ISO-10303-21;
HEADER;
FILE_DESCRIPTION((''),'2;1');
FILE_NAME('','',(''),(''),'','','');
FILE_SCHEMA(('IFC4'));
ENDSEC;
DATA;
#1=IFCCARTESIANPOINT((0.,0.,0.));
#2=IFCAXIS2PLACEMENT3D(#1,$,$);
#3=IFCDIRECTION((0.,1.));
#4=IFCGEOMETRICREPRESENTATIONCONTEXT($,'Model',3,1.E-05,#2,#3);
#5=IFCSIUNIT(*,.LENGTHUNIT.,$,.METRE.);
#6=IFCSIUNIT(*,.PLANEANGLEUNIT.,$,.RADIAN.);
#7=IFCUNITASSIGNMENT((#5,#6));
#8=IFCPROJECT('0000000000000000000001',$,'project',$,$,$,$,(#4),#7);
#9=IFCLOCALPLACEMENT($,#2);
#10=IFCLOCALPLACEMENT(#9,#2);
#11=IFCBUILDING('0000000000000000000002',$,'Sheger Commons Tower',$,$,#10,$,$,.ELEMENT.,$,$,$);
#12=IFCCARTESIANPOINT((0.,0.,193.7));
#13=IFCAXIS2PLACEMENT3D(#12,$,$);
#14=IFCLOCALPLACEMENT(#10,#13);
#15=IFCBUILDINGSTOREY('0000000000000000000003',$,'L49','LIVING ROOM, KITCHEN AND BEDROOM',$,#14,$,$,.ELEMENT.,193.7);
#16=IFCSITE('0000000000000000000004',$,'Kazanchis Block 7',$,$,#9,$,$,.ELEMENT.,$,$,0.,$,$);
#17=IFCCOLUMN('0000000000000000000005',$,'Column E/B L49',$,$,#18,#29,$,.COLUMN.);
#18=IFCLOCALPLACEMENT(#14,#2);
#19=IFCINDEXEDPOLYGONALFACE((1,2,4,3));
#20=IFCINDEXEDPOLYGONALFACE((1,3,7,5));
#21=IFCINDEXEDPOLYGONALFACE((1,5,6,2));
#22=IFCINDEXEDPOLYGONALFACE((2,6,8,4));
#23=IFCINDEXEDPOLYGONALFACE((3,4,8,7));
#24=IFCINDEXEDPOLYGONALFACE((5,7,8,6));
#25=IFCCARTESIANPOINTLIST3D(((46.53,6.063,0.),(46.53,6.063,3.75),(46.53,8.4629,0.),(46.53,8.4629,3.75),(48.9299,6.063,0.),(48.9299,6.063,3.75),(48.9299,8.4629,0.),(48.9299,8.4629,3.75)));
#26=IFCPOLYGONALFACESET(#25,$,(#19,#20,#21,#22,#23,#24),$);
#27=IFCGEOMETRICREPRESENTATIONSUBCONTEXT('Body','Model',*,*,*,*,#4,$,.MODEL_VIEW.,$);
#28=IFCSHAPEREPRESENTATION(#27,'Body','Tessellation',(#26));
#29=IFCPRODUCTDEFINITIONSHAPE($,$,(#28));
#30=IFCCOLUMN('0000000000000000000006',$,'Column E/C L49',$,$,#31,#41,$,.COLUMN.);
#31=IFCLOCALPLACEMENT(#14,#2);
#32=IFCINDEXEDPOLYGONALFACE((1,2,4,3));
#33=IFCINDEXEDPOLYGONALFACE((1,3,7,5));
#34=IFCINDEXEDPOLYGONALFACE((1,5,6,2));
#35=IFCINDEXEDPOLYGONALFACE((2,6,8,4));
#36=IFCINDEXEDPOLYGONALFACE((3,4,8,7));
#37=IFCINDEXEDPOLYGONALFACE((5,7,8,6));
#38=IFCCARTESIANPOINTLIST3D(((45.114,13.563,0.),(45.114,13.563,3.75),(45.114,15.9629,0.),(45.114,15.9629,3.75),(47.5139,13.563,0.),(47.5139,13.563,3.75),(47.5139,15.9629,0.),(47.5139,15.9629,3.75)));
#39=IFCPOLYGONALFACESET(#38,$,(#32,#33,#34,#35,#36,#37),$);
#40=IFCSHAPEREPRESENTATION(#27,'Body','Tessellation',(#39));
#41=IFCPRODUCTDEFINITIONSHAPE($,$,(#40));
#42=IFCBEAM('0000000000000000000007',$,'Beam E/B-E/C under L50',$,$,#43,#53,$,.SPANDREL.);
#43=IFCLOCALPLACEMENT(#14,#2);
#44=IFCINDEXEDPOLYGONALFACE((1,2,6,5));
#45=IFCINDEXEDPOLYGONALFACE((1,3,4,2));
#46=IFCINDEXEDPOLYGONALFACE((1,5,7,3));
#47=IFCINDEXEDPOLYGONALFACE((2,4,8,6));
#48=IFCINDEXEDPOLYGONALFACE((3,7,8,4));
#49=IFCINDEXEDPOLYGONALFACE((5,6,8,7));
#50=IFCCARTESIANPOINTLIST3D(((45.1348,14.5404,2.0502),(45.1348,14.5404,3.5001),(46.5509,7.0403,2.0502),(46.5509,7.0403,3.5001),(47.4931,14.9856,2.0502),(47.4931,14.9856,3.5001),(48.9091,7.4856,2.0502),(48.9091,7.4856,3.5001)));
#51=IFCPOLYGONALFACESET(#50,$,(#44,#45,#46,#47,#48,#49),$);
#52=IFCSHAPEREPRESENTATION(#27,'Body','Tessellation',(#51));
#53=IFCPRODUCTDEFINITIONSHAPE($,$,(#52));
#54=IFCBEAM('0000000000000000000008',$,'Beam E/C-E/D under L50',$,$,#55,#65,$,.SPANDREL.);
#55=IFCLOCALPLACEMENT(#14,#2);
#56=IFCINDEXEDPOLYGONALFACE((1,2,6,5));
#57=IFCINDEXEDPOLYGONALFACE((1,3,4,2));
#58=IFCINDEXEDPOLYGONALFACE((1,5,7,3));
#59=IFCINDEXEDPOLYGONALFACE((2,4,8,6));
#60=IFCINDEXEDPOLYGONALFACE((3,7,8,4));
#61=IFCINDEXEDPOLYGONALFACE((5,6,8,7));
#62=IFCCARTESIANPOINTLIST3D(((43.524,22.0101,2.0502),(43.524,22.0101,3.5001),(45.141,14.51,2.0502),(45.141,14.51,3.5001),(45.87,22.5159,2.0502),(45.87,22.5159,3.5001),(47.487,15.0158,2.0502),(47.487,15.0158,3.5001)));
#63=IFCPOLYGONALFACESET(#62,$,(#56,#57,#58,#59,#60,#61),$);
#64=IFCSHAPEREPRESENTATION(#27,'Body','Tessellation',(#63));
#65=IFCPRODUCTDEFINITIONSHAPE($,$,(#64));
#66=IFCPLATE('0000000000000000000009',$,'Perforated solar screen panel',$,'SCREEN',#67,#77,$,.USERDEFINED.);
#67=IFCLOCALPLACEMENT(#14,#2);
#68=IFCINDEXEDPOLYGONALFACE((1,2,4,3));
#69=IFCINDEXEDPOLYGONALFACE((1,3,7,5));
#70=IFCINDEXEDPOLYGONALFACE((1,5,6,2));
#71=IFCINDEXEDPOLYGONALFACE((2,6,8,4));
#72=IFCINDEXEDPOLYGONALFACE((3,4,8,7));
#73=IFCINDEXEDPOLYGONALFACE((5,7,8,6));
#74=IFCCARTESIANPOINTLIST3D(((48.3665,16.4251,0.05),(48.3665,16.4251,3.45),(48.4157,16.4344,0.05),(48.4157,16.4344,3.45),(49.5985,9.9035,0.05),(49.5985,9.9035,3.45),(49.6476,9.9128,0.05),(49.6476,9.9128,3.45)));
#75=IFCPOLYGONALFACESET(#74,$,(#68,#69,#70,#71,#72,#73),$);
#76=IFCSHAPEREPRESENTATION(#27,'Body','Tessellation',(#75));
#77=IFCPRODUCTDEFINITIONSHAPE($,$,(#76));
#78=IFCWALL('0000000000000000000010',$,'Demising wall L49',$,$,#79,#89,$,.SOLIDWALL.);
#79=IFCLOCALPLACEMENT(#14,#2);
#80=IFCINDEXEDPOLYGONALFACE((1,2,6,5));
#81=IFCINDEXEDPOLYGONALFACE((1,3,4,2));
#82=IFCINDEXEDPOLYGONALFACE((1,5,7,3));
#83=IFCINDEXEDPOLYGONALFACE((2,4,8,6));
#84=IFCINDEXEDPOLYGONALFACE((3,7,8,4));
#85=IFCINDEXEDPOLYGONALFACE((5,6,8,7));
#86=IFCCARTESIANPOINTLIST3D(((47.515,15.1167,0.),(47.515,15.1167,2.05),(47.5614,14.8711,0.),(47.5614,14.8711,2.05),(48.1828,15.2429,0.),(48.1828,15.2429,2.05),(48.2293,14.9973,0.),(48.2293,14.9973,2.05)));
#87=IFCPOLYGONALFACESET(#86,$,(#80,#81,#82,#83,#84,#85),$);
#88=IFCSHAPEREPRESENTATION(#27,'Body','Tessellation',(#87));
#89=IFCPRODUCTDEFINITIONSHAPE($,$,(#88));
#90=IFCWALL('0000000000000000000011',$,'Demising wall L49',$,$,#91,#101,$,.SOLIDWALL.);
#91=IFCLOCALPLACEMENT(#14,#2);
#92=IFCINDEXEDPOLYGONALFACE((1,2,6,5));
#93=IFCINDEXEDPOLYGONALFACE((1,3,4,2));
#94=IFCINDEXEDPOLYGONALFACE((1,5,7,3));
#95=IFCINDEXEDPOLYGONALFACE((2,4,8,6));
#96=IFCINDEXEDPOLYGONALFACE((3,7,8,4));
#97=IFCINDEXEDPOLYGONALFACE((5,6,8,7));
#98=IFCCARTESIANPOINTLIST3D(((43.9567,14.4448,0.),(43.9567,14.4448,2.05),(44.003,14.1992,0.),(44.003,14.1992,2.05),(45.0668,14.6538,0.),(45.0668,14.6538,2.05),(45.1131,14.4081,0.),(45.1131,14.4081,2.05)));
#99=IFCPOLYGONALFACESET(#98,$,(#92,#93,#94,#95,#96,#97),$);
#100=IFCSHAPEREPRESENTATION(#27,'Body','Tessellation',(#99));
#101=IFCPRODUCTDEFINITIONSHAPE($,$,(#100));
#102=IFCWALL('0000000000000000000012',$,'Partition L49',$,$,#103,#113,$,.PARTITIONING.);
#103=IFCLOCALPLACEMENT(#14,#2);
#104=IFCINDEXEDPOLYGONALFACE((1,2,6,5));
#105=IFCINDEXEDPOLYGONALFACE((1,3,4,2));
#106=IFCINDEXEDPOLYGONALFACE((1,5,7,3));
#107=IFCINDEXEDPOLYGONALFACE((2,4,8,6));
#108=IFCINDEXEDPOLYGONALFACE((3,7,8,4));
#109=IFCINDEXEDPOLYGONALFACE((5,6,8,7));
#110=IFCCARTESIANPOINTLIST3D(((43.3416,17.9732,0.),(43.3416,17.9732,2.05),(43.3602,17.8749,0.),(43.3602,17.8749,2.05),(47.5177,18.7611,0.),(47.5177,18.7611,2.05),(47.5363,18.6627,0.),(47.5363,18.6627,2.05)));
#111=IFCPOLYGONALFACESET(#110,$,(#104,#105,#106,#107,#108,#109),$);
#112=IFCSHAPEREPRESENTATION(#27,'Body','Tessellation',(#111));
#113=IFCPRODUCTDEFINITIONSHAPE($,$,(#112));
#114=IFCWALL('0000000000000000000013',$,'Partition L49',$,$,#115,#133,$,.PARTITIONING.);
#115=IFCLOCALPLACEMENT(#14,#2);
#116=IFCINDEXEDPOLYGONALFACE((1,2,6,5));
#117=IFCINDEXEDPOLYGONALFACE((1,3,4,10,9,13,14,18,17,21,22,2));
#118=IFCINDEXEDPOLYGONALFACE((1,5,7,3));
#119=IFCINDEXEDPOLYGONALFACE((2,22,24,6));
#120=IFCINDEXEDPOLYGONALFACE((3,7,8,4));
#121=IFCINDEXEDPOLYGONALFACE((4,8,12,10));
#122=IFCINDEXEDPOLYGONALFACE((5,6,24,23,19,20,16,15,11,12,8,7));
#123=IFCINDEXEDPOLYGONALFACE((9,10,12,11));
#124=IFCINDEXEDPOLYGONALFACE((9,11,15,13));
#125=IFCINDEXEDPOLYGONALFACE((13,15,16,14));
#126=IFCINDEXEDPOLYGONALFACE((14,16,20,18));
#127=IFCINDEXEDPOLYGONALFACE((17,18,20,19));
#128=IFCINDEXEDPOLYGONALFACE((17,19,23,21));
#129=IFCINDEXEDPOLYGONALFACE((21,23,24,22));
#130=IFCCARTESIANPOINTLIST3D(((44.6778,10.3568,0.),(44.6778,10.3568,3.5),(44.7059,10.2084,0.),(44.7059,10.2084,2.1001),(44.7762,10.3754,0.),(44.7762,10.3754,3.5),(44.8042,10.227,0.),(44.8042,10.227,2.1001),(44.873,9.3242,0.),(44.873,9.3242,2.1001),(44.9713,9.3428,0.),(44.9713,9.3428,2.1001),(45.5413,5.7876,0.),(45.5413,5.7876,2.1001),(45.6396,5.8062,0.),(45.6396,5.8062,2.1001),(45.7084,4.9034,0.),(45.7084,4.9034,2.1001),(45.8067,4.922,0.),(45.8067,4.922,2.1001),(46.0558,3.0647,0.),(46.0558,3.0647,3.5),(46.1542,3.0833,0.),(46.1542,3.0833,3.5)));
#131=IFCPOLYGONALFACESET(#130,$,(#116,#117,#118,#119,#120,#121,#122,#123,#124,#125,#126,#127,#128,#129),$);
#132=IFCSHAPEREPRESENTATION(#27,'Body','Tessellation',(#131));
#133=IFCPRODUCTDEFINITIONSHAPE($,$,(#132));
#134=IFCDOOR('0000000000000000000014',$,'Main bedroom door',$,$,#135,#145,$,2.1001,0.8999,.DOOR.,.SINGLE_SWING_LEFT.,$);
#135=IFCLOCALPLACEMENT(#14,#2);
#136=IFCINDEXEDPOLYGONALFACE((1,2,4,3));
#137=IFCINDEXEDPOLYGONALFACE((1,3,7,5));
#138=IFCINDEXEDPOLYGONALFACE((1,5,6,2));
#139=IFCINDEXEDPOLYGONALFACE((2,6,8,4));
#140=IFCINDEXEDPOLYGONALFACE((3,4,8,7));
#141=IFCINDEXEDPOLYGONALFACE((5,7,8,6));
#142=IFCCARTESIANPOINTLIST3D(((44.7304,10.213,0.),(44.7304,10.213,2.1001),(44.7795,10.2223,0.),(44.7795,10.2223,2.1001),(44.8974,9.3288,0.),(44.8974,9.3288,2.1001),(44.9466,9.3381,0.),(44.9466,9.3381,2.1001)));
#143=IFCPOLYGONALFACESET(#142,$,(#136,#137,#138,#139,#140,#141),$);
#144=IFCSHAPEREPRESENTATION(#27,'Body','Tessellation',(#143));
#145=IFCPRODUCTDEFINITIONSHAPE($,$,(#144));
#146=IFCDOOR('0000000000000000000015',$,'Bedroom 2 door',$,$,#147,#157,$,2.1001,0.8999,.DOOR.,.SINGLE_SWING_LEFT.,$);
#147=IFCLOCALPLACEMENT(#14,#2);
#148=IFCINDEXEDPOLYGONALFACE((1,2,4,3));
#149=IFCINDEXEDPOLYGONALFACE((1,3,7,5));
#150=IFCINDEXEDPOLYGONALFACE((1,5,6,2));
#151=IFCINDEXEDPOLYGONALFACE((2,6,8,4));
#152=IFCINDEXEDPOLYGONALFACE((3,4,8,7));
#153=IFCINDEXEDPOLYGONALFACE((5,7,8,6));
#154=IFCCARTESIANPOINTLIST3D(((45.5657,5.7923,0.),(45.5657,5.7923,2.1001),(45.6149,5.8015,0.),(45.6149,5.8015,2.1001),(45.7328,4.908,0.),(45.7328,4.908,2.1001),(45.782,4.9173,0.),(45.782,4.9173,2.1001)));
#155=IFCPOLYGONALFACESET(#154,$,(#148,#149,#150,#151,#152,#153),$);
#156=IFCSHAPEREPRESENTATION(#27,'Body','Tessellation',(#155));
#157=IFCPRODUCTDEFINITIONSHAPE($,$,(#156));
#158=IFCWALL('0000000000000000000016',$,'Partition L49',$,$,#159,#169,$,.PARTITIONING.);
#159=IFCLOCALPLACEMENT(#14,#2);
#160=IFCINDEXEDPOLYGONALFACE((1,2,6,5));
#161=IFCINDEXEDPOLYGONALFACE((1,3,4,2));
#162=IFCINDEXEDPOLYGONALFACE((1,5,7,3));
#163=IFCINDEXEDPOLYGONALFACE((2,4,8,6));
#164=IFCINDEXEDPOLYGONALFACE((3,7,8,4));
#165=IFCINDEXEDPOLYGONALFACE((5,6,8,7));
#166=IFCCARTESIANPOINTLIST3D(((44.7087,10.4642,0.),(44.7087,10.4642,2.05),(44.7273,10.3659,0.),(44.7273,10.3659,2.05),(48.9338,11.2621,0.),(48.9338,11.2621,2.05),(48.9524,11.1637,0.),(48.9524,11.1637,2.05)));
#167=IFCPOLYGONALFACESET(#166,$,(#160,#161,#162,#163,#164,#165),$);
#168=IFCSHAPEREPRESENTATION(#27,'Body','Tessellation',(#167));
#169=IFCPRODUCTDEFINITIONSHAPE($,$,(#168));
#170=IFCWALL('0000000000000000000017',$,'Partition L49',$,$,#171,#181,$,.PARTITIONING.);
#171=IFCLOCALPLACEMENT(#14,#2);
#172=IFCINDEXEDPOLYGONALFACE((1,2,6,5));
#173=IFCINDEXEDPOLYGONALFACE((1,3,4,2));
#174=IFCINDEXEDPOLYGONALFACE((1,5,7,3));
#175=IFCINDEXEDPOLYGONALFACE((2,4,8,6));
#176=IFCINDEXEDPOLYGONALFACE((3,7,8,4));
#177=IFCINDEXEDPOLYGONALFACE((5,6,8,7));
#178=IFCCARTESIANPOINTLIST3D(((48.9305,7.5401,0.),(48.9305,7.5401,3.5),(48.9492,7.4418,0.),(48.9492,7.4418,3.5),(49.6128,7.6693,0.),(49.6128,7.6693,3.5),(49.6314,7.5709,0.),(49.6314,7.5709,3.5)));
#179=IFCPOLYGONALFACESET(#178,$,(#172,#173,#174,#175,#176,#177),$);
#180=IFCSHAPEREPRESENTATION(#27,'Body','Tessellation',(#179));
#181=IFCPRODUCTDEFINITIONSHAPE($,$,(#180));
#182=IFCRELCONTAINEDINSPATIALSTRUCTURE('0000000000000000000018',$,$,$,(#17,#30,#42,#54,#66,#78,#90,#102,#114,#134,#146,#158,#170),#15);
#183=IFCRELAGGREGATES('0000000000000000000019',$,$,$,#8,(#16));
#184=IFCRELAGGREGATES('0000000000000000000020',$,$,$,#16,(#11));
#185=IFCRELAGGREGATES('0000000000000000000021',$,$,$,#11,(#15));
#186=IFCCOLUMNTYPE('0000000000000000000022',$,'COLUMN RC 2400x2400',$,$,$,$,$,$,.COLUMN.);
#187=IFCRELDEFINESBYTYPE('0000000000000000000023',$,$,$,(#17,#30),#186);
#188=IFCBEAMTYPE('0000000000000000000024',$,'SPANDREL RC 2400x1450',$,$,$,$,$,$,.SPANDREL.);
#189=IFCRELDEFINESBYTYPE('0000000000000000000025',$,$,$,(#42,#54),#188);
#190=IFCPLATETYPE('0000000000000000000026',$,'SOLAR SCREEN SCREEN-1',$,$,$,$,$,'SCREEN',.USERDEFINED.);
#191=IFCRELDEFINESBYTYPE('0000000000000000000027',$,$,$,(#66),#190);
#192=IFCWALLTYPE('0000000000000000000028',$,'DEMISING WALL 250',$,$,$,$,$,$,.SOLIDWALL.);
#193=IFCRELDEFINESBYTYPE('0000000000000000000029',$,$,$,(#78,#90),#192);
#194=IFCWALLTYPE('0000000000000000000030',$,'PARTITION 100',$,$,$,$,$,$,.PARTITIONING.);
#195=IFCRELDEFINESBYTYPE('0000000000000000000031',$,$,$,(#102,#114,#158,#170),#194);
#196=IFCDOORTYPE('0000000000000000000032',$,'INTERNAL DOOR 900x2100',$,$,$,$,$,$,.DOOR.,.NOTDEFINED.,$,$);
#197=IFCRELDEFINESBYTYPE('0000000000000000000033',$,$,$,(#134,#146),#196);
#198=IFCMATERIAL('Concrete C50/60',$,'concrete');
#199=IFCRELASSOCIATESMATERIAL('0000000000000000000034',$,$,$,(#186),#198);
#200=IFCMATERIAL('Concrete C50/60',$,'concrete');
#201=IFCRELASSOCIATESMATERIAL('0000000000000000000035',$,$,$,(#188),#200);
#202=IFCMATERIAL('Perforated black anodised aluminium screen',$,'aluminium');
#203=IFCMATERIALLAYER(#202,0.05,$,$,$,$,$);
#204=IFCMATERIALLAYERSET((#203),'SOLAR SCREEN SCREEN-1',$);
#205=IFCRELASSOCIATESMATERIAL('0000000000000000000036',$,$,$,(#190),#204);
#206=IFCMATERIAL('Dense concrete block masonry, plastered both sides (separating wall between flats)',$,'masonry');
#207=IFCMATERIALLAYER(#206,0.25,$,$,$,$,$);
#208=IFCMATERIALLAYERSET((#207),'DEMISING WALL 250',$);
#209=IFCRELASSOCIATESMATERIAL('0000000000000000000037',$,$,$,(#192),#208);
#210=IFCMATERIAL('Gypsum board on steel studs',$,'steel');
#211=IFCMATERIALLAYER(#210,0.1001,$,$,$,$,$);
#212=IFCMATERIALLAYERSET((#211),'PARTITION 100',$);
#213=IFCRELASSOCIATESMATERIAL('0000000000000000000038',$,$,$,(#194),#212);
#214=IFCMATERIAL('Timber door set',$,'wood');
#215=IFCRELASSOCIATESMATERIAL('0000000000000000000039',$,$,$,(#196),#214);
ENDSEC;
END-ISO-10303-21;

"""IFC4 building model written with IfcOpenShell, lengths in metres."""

from ifc_helpers import new_model, si_unit, direction, frame, frame_2d, origin, origin_2d, place, context, subcontext, project, spatial, rectangle, extrude, material, layer, layer_set, material_profile, profile_set, type_object, element, fill, save


model = new_model("IFC4")

# Units and contexts
model_context = context("Model", 3, precision=1e-05, world=origin(), true_north=direction((0.0, 1.0)))
body_context = subcontext(model_context, "Body", "Model", "MODEL_VIEW")
ifc_project = project(units=[si_unit("LENGTHUNIT", "METRE"), si_unit("PLANEANGLEUNIT", "RADIAN")], contexts=[model_context])

# Site, building, storey
site_placement = place(None, origin())
site = spatial("IfcSite", under=ifc_project, at=site_placement, Name="Kazanchis Block 7", CompositionType="ELEMENT", RefElevation=0.0)
building_placement = place(site_placement, origin())
building = spatial("IfcBuilding", under=site, at=building_placement, Name="Sheger Commons Tower", CompositionType="ELEMENT")
storey_placement = place(building_placement, frame((0.0, 0.0, 193.7)))
storey = spatial("IfcBuildingStorey", under=building, at=storey_placement, Name="L49", Description="LIVING ROOM, KITCHEN AND BEDROOM", CompositionType="ELEMENT", Elevation=193.7)

# Columns
ifc_material_1 = material(Name="Concrete C50/60", Category="concrete")
ifc_material_profile_1 = material_profile(ifc_material_1, rectangle(XDim=2.3999, YDim=2.3999, at=origin_2d()), Name="RC 2400x2400")
ifc_profile_set_1 = profile_set([ifc_material_profile_1], Name="Concrete C50/60")
column_type = type_object("IfcColumnType", Name="COLUMN RC 2400x2400", PredefinedType="COLUMN", material=ifc_profile_set_1)
for number, where, z_axis, x_axis, name in (
    (1, (47.73, 7.2629, 0.0), (0.0, 0.0, 1.0), (1.0, 0.0, 0.0), "Column E/B L49"),
    (2, (46.314, 14.7629, 0.0), (0.0, 0.0, 1.0), (1.0, 0.0, 0.0), "Column E/C L49"),
):
    element("IfcColumn", number, at=place(storey_placement, frame(where, z_axis=z_axis, x_axis=x_axis)), inside=storey, type_object=column_type, Name=name, PredefinedType="COLUMN", context=body_context, shape_type="SweptSolid", body=[
        extrude(rectangle(XDim=2.3999, YDim=2.3999, at=origin_2d()), origin(), (0.0, 0.0, 1.0), 3.75),
    ])

# Beams
ifc_material_2 = material(Name="Concrete C50/60", Category="concrete")
ifc_material_profile_2 = material_profile(ifc_material_2, rectangle(XDim=2.3999, YDim=1.45, at=origin_2d()), Name="RC 2400x1450")
ifc_profile_set_2 = profile_set([ifc_material_profile_2], Name="Concrete C50/60")
beam_type = type_object("IfcBeamType", Name="SPANDREL RC 2400x1450", PredefinedType="SPANDREL", material=ifc_profile_set_2)
beam_1_placement = place(storey_placement, frame((47.73, 7.2629, 2.7751), z_axis=(-0.185524, 0.98264, 0.0), x_axis=(-0.98264, -0.185524, 0.0)))
element("IfcBeam", 3, at=beam_1_placement, inside=storey, type_object=beam_type, Name="Beam E/B-E/C under L50", PredefinedType="SPANDREL", context=body_context, shape_type="SweptSolid", body=[
    extrude(rectangle(XDim=2.3999, YDim=1.45, at=origin_2d()), origin(), (0.0, 0.0, 1.0), 7.6326),
])
beam_2_placement = place(storey_placement, frame((46.314, 14.7629, 2.7751), z_axis=(-0.21075, 0.97754, 0.0), x_axis=(-0.97754, -0.21075, 0.0)))
element("IfcBeam", 4, at=beam_2_placement, inside=storey, type_object=beam_type, Name="Beam E/C-E/D under L50", PredefinedType="SPANDREL", context=body_context, shape_type="SweptSolid", body=[
    extrude(rectangle(XDim=2.3999, YDim=1.45, at=origin_2d()), origin(), (0.0, 0.0, 1.0), 7.6724),
])

# Plate
ifc_material_3 = material(Name="Perforated black anodised aluminium screen", Category="aluminium")
ifc_layer_1 = layer(ifc_material_3, 0.05)
ifc_layer_set_1 = layer_set([ifc_layer_1], Name="SOLAR SCREEN SCREEN-1")
plate_type = type_object("IfcPlateType", Name="SOLAR SCREEN SCREEN-1", ElementType="SCREEN", PredefinedType="USERDEFINED", material=ifc_layer_set_1)
plate_placement = place(storey_placement, frame((49.0071, 13.1689, 0.05), z_axis=(0.0, 0.0, 1.0), x_axis=(-0.185615, 0.982623, 0.0)))
element("IfcPlate", 5, at=plate_placement, inside=storey, type_object=plate_type, Name="Perforated solar screen panel", ObjectType="SCREEN", PredefinedType="USERDEFINED", context=body_context, shape_type="SweptSolid", body=[
    extrude(rectangle(XDim=6.637, YDim=0.05, at=origin_2d()), origin(), (0.0, 0.0, 1.0), 3.3999),
])

# Walls
ifc_material_4 = material(Name="Dense concrete block masonry, plastered both sides (separating wall between flats)", Category="masonry")
ifc_layer_2 = layer(ifc_material_4, 0.25)
ifc_layer_set_2 = layer_set([ifc_layer_2], Name="DEMISING WALL 250")
wall_type_1 = type_object("IfcWallType", Name="DEMISING WALL 250", PredefinedType="SOLIDWALL", material=ifc_layer_set_2)
wall_1_placement = place(storey_placement, frame((48.2061, 15.1201, 0.0), z_axis=(0.0, 0.0, 1.0), x_axis=(-0.982611, -0.185676, 0.0)))
element("IfcWall", 6, at=wall_1_placement, inside=storey, type_object=wall_type_1, Name="Demising wall L49", PredefinedType="SOLIDWALL", context=body_context, shape_type="SweptSolid", body=[
    extrude(rectangle(XDim=0.6797, YDim=0.25, at=frame_2d((0.3398, 0.0))), origin(), (0.0, 0.0, 1.0), 2.05),
])
wall_2_placement = place(storey_placement, frame((45.0901, 14.531, 0.0), z_axis=(0.0, 0.0, 1.0), x_axis=(-0.982737, -0.185006, 0.0)))
element("IfcWall", 7, at=wall_2_placement, inside=storey, type_object=wall_type_1, Name="Demising wall L49", PredefinedType="SOLIDWALL", context=body_context, shape_type="SweptSolid", body=[
    extrude(rectangle(XDim=1.1296, YDim=0.25, at=frame_2d((0.5649, 0.0))), origin(), (0.0, 0.0, 1.0), 2.05),
])
ifc_material_5 = material(Name="Gypsum board on steel studs", Category="steel")
ifc_layer_3 = layer(ifc_material_5, 0.1001)
ifc_layer_set_3 = layer_set([ifc_layer_3], Name="PARTITION 100")
wall_type_2 = type_object("IfcWallType", Name="PARTITION 100", PredefinedType="PARTITIONING", material=ifc_layer_set_3)
wall_3_placement = place(storey_placement, frame((47.5271, 18.7119, 0.0), z_axis=(0.0, 0.0, 1.0), x_axis=(-0.982665, -0.185388, 0.0)))
element("IfcWall", 8, at=wall_3_placement, inside=storey, type_object=wall_type_2, Name="Partition L49", PredefinedType="PARTITIONING", context=body_context, shape_type="SweptSolid", body=[
    extrude(rectangle(XDim=4.2498, YDim=0.1001, at=frame_2d((2.125, 0.0))), origin(), (0.0, 0.0, 1.0), 2.05),
])

# Wall, openings, doors
wall_4_placement = place(storey_placement, frame((44.7271, 10.366, 0.0), z_axis=(0.0, 0.0, 1.0), x_axis=(0.185679, -0.98261, 0.0)))
wall_4 = element("IfcWall", 9, at=wall_4_placement, inside=storey, type_object=wall_type_2, Name="Partition L49", PredefinedType="PARTITIONING", context=body_context, shape_type="SweptSolid", body=[
    extrude(rectangle(XDim=7.4211, YDim=0.1001, at=frame_2d((3.7104, 0.0))), origin(), (0.0, 0.0, 1.0), 3.5),
])
opening_1_placement = place(wall_4_placement, frame((0.1509, 0.0, 0.0)))
opening_1 = element("IfcOpeningElement", 10, at=opening_1_placement, cuts=wall_4, PredefinedType="OPENING", context=body_context, shape_type="SweptSolid", body=[
    extrude(rectangle(XDim=0.8999, YDim=2.1001, at=frame_2d((0.45, 1.05))), frame((0.0, 0.0601, 0.0), z_axis=(0.0, -1.0, 0.0), x_axis=(1.0, 0.0, 0.0)), (0.0, 0.0, 1.0), 0.1201),
])
opening_2_placement = place(wall_4_placement, frame((4.6499, 0.0, 0.0)))
opening_2 = element("IfcOpeningElement", 11, at=opening_2_placement, cuts=wall_4, PredefinedType="OPENING", context=body_context, shape_type="SweptSolid", body=[
    extrude(rectangle(XDim=0.8999, YDim=2.1001, at=frame_2d((0.45, 1.05))), frame((0.0, 0.0601, 0.0), z_axis=(0.0, -1.0, 0.0), x_axis=(1.0, 0.0, 0.0)), (0.0, 0.0, 1.0), 0.1201),
])
ifc_material_6 = material(Name="Timber door set", Category="wood")
door_type = type_object("IfcDoorType", Name="INTERNAL DOOR 900x2100", OperationType="NOTDEFINED", PredefinedType="DOOR", material=ifc_material_6)
door_1_placement = place(opening_1_placement, origin())
door_1 = element("IfcDoor", 12, at=door_1_placement, inside=storey, type_object=door_type, Name="Main bedroom door", OperationType="SINGLE_SWING_LEFT", OverallHeight=2.1001, OverallWidth=0.8999, PredefinedType="DOOR", context=body_context, shape_type="SweptSolid", body=[
    extrude(rectangle(XDim=0.8999, YDim=2.1001, at=frame_2d((0.45, 1.05))), frame((0.0, 0.0249, 0.0), z_axis=(0.0, -1.0, 0.0), x_axis=(1.0, 0.0, 0.0)), (0.0, 0.0, 1.0), 0.05),
])
fill(opening_1, door_1)
door_2_placement = place(opening_2_placement, origin())
door_2 = element("IfcDoor", 13, at=door_2_placement, inside=storey, type_object=door_type, Name="Bedroom 2 door", OperationType="SINGLE_SWING_LEFT", OverallHeight=2.1001, OverallWidth=0.8999, PredefinedType="DOOR", context=body_context, shape_type="SweptSolid", body=[
    extrude(rectangle(XDim=0.8999, YDim=2.1001, at=frame_2d((0.45, 1.05))), frame((0.0, 0.0249, 0.0), z_axis=(0.0, -1.0, 0.0), x_axis=(1.0, 0.0, 0.0)), (0.0, 0.0, 1.0), 0.05),
])
fill(opening_2, door_2)

# Walls
wall_5_placement = place(storey_placement, frame((48.9431, 11.2129, 0.0), z_axis=(0.0, 0.0, 1.0), x_axis=(-0.982634, -0.185557, 0.0)))
element("IfcWall", 14, at=wall_5_placement, inside=storey, type_object=wall_type_2, Name="Partition L49", PredefinedType="PARTITIONING", context=body_context, shape_type="SweptSolid", body=[
    extrude(rectangle(XDim=4.2998, YDim=0.1001, at=frame_2d((2.1499, 0.0))), origin(), (0.0, 0.0, 1.0), 2.05),
])
wall_6_placement = place(storey_placement, frame((49.6221, 7.6201, 0.0), z_axis=(0.0, 0.0, 1.0), x_axis=(-0.982544, -0.186029, 0.0)))
element("IfcWall", 15, at=wall_6_placement, inside=storey, type_object=wall_type_2, Name="Partition L49", PredefinedType="PARTITIONING", context=body_context, shape_type="SweptSolid", body=[
    extrude(rectangle(XDim=0.6943, YDim=0.1001, at=frame_2d((0.3472, 0.0))), origin(), (0.0, 0.0, 1.0), 3.5),
])

save(model, "model.ifc")
